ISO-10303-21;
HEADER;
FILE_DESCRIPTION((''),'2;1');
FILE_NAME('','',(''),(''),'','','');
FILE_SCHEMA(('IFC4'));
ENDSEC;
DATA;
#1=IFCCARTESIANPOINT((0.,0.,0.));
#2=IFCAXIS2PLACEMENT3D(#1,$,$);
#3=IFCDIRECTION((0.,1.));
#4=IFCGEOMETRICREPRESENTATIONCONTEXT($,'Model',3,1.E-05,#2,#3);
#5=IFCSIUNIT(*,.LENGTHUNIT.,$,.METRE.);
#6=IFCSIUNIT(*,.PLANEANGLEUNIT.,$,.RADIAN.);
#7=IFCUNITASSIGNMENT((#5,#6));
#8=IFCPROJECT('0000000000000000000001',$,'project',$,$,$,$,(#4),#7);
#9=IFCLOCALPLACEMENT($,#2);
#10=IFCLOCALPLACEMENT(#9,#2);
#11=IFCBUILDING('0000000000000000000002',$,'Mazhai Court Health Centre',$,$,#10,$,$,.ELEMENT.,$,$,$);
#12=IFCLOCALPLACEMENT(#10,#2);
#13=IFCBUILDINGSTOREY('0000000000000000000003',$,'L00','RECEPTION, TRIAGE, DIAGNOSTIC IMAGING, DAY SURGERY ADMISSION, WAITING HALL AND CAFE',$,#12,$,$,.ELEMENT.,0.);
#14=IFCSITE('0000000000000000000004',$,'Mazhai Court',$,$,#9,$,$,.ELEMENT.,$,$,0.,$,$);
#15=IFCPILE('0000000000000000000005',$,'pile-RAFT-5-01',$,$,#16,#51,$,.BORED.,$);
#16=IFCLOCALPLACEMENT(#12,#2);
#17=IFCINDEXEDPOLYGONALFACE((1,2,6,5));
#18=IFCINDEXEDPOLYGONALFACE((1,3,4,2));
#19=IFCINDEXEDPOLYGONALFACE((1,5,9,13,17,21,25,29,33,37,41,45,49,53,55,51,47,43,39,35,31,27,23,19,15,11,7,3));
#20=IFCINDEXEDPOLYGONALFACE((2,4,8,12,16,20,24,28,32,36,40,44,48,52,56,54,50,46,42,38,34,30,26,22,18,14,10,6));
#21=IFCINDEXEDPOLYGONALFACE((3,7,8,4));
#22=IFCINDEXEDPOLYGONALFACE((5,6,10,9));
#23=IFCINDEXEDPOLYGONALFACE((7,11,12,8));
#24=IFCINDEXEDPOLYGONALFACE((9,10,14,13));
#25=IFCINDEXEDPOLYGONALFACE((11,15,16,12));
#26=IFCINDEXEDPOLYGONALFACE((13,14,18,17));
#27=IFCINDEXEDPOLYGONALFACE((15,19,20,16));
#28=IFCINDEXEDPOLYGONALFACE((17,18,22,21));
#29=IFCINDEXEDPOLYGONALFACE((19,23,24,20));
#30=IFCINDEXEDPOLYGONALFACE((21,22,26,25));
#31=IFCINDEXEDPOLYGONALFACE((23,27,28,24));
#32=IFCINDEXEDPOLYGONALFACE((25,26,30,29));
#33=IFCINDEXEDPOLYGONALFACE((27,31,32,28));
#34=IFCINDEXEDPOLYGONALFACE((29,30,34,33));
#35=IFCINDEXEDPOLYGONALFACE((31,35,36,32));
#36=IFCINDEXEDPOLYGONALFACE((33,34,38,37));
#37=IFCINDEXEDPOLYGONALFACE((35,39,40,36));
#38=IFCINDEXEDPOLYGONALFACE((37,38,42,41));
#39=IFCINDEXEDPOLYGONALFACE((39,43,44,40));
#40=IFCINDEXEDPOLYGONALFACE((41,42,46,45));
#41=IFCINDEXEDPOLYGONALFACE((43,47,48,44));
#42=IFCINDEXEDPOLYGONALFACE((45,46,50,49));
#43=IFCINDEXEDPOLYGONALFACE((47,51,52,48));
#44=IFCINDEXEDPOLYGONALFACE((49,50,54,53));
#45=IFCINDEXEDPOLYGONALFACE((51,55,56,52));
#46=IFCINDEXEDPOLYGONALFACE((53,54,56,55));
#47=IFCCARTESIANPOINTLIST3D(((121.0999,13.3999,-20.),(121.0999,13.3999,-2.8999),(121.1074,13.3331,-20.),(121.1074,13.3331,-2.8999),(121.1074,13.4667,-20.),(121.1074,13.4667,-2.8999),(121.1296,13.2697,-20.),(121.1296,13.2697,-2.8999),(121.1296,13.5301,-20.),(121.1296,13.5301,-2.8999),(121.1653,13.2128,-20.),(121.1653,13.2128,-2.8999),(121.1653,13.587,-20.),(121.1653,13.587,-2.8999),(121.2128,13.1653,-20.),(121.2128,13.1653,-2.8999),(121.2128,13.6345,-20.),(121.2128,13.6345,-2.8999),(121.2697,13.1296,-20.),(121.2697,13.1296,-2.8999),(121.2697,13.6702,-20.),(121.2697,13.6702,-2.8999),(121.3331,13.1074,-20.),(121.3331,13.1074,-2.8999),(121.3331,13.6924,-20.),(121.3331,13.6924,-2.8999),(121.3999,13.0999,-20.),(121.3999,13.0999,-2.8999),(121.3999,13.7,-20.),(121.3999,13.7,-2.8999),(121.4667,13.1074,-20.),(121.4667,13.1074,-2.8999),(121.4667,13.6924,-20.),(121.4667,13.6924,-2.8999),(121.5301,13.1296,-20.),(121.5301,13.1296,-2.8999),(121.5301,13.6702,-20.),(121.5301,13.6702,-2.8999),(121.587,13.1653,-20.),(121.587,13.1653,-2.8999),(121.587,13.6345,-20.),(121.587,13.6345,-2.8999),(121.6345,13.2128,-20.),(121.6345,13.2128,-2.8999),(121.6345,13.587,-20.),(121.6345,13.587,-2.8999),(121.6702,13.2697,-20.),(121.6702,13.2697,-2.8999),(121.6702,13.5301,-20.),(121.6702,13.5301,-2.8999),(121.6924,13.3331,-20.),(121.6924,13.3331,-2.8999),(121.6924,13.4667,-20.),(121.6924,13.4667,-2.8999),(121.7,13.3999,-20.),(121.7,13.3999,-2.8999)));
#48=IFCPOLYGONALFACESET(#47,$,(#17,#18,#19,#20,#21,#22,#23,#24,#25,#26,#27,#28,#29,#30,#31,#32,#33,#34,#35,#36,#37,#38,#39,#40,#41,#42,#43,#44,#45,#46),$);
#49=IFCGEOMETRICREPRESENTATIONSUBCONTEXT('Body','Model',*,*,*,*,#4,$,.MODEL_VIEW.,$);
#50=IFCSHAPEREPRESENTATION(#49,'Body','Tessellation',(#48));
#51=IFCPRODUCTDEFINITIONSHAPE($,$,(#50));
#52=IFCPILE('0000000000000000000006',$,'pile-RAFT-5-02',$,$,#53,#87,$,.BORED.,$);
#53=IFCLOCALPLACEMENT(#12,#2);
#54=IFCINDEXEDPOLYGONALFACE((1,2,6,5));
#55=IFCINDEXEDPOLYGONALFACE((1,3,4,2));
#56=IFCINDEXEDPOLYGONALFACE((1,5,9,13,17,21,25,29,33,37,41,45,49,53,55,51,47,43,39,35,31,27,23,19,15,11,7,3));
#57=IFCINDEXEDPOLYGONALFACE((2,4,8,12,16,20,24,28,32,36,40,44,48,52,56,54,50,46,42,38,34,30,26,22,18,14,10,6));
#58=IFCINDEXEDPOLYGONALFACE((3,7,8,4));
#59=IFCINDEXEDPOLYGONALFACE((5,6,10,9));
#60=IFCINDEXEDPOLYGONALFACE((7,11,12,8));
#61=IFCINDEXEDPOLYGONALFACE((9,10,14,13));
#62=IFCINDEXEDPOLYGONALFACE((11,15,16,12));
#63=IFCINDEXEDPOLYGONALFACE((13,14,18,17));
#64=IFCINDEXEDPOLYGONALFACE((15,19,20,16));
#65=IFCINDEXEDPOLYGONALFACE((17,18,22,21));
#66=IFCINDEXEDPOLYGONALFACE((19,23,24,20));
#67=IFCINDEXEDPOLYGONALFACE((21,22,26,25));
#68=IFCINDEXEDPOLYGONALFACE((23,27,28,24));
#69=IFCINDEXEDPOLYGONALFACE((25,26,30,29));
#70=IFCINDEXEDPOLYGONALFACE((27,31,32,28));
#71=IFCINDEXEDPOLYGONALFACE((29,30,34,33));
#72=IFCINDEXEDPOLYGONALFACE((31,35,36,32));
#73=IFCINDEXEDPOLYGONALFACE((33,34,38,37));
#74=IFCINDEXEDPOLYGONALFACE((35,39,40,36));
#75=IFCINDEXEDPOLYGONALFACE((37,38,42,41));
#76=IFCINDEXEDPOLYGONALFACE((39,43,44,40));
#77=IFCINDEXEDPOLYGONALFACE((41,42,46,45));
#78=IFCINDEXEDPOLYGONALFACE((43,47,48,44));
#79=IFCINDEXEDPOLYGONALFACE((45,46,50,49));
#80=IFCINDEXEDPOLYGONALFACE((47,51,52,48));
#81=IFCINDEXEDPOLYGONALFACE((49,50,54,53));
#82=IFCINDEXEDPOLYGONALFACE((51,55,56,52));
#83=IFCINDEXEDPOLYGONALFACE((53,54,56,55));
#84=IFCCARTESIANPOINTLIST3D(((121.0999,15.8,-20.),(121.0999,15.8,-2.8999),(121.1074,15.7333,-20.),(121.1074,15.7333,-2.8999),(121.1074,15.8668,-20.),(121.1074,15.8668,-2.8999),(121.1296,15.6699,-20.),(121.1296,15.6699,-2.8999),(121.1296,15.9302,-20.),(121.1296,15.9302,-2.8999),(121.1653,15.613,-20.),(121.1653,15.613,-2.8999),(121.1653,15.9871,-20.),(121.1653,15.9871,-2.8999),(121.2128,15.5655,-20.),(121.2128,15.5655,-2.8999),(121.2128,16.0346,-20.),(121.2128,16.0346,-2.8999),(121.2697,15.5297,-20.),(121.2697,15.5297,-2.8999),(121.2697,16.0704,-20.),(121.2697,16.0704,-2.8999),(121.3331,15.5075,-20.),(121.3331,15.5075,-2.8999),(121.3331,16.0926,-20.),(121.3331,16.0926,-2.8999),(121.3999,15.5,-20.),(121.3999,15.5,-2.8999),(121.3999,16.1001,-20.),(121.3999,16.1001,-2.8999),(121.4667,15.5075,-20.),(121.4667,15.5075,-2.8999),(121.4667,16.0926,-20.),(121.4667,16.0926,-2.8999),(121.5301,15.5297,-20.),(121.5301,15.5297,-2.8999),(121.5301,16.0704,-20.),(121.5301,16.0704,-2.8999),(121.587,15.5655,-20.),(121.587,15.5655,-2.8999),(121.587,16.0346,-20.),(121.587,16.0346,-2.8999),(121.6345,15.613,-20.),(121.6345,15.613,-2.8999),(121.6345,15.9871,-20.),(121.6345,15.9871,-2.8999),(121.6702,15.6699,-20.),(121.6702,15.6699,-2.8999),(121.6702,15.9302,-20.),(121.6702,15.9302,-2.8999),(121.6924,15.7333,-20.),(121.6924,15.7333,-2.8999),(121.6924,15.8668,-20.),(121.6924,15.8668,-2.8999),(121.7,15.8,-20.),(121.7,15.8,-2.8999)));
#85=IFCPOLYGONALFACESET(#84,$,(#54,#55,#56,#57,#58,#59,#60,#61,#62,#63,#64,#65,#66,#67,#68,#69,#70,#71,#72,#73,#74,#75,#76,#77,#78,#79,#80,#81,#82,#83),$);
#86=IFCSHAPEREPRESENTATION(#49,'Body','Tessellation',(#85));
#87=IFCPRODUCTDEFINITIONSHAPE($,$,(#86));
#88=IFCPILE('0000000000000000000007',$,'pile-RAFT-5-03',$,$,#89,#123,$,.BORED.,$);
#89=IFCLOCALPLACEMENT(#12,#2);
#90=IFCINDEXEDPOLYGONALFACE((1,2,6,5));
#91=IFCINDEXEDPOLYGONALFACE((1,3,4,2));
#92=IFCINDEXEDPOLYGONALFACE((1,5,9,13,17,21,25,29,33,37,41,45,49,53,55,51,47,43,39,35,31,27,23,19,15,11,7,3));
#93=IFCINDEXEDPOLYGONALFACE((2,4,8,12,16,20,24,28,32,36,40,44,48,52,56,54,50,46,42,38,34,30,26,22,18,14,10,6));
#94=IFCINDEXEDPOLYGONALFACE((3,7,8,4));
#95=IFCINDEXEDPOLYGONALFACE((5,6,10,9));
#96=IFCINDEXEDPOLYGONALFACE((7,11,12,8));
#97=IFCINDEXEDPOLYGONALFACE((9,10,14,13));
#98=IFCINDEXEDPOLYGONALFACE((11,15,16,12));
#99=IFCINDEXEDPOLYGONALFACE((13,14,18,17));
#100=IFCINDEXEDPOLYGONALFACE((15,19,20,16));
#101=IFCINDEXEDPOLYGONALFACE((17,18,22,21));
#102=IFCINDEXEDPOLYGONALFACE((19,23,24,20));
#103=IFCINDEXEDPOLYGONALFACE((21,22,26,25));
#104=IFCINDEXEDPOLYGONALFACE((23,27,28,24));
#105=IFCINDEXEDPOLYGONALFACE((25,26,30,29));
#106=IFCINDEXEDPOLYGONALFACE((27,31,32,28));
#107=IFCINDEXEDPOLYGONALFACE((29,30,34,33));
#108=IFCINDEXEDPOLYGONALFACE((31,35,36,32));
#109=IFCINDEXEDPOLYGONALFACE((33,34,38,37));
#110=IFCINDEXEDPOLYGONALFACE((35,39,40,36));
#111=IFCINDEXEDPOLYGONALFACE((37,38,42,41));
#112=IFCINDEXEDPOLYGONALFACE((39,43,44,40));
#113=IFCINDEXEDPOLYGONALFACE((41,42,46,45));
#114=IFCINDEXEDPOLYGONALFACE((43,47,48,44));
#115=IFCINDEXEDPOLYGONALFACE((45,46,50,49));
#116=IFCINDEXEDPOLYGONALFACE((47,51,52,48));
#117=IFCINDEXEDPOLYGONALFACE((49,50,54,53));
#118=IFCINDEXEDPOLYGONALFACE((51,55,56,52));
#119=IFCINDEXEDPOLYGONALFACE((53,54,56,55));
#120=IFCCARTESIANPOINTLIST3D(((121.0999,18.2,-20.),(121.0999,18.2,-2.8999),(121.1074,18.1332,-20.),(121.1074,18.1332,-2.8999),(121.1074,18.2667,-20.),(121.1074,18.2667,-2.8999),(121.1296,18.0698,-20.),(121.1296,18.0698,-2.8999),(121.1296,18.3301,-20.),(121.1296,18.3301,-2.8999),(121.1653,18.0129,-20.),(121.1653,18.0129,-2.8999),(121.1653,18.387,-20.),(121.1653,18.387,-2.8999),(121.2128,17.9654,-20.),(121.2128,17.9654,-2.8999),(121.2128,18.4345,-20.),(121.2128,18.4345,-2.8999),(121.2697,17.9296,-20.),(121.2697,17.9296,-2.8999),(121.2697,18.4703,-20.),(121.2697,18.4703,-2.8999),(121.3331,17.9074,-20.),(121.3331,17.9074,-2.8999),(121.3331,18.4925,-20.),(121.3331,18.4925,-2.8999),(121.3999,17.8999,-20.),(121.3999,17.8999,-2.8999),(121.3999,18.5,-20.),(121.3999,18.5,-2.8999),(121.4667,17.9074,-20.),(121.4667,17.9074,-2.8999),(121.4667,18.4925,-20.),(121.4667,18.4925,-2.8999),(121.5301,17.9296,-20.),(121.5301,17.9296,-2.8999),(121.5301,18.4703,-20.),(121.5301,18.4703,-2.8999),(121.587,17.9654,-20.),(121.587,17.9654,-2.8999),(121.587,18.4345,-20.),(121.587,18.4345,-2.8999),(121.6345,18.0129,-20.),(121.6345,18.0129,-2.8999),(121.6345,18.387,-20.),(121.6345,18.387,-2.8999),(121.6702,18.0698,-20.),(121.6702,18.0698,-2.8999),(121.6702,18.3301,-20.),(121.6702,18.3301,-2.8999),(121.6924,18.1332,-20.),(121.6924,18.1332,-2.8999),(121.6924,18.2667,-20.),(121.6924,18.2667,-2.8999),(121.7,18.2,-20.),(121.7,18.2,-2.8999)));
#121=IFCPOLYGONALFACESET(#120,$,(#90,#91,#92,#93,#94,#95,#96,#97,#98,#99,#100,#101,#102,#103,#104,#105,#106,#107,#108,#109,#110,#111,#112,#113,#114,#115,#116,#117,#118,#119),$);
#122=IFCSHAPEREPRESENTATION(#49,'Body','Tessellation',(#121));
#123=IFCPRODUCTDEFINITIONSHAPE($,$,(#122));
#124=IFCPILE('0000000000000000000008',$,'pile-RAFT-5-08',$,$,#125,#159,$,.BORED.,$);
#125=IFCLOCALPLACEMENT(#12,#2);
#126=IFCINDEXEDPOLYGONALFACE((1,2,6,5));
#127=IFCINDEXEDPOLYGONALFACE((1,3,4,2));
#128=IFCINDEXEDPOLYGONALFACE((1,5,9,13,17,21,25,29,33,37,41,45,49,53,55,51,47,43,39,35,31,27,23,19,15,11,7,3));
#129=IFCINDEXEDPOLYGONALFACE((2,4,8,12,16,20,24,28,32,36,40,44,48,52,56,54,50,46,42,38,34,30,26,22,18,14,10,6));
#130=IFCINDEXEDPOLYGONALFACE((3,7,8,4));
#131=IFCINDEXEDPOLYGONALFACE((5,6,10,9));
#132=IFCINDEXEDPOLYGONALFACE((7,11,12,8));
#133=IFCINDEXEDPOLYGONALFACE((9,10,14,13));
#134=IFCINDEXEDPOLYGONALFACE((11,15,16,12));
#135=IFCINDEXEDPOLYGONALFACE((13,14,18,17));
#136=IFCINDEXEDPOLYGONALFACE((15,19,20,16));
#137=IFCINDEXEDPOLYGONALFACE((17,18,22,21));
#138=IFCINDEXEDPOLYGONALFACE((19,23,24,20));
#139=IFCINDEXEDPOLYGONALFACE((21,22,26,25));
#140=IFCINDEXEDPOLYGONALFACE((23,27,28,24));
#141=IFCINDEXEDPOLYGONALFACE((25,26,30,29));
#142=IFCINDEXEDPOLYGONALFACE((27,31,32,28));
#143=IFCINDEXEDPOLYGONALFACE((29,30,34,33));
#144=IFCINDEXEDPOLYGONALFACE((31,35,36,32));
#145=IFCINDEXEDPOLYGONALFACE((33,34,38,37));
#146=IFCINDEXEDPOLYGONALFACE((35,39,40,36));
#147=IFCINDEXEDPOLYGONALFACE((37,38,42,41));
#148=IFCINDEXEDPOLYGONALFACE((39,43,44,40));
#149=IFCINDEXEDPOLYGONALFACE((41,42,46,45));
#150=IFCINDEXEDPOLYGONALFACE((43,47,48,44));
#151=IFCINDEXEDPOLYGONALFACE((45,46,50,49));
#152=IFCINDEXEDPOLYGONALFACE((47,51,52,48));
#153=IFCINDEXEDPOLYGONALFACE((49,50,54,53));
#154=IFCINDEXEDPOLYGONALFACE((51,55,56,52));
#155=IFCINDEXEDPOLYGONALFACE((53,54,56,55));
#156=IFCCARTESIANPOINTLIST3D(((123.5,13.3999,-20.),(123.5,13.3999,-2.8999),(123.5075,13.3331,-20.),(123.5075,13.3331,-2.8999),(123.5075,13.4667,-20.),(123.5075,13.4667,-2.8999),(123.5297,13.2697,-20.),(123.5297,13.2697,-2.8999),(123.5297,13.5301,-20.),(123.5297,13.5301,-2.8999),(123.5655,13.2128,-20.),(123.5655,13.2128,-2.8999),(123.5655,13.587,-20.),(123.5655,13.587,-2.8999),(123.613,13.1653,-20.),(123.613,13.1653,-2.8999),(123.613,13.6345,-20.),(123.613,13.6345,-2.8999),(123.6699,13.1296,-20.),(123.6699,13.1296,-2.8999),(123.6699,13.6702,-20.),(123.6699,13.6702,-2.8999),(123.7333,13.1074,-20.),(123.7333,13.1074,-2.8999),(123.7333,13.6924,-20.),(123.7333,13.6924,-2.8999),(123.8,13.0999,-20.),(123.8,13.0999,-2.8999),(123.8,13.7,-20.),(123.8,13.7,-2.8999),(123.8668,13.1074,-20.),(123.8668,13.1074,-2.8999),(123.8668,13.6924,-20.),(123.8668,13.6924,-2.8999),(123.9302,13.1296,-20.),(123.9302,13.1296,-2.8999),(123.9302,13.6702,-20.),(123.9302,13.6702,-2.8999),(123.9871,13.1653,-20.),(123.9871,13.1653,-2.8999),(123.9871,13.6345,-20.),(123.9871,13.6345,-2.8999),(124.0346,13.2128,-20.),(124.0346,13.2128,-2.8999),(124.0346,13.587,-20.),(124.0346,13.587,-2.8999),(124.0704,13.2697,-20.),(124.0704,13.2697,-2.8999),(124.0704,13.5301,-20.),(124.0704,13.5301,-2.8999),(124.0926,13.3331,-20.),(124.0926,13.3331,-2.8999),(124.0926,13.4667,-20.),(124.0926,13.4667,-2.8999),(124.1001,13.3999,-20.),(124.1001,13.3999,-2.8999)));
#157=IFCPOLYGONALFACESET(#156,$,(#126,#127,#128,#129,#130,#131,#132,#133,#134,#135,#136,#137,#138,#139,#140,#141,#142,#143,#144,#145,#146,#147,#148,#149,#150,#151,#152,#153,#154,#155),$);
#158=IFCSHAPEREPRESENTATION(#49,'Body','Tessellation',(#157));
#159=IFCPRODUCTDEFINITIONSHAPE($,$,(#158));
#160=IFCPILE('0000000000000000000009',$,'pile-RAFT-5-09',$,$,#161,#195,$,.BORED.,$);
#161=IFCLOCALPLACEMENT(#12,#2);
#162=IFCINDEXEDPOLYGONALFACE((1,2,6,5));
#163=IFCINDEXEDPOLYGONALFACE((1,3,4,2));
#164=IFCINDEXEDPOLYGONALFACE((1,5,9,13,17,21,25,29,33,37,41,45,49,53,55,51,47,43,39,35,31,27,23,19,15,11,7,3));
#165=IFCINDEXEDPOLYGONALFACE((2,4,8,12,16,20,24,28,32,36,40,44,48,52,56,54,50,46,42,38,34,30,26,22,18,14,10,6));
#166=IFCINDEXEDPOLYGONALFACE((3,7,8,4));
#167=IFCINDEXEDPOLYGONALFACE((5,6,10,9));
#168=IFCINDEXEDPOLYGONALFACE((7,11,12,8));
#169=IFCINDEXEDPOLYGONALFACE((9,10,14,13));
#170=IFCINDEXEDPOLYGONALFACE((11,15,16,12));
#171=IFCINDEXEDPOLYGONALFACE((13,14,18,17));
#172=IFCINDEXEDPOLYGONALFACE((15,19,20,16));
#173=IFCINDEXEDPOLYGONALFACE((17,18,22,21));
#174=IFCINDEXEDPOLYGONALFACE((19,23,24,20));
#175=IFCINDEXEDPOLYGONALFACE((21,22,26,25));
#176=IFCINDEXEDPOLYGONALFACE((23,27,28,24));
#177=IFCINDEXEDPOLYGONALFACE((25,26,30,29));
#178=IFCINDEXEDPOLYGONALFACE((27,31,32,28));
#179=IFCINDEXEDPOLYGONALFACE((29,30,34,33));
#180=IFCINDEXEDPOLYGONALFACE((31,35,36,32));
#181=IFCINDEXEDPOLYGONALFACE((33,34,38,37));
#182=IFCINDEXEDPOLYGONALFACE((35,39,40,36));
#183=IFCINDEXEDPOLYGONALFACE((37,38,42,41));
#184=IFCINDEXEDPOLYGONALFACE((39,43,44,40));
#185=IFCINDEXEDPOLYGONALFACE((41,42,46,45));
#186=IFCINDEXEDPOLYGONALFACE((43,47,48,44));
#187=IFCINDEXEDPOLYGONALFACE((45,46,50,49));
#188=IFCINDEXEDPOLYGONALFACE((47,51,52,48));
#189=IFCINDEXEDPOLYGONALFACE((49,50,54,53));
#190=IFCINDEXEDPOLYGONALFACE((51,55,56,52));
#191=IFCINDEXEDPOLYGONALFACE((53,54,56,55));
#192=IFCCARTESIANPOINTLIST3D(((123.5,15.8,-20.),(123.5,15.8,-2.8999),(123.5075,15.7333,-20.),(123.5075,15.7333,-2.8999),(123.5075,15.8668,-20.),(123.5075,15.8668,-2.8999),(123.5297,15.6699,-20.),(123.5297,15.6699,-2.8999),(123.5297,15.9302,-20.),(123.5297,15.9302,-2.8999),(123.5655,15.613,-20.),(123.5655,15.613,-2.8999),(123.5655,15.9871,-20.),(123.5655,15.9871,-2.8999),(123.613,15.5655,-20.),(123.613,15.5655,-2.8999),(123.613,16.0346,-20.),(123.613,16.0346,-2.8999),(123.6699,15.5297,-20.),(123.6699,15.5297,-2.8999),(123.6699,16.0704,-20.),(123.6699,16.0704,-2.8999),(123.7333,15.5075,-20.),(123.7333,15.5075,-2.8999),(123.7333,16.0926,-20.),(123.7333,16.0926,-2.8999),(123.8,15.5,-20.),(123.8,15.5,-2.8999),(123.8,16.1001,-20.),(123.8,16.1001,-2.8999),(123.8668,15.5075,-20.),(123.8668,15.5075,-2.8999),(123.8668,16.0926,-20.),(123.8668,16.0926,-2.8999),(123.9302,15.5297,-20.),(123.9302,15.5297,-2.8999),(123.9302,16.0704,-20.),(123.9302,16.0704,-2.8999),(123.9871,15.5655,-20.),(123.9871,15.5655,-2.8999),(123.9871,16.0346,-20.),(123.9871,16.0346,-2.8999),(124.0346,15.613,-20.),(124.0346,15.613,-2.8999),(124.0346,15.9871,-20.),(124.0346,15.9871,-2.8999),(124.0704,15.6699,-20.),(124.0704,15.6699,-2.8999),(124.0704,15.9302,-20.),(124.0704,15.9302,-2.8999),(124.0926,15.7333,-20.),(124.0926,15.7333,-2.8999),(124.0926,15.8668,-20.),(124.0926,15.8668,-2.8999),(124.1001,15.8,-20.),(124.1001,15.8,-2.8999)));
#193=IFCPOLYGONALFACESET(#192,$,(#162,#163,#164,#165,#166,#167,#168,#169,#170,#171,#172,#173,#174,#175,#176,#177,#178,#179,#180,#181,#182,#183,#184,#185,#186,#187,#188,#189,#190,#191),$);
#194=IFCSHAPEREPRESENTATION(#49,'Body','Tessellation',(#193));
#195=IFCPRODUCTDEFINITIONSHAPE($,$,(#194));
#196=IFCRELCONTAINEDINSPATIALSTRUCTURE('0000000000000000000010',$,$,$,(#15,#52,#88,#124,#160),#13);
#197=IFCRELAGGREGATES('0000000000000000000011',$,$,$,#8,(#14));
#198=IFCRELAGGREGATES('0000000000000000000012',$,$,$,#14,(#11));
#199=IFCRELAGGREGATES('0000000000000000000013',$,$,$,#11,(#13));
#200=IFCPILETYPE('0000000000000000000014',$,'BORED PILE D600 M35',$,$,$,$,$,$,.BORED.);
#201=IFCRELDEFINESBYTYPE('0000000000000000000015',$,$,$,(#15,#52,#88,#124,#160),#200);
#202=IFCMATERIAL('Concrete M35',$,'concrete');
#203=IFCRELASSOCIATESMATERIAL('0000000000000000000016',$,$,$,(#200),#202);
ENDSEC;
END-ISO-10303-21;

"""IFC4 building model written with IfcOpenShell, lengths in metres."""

from ifc_helpers import new_model, si_unit, direction, frame, origin, origin_2d, place, context, subcontext, project, spatial, circle, extrude, material, material_profile, profile_set, type_object, element, save


model = new_model("IFC4")

# Units and contexts
model_context = context("Model", 3, precision=1e-05, world=origin(), true_north=direction((0.0, 1.0)))
body_context = subcontext(model_context, "Body", "Model", "MODEL_VIEW")
ifc_project = project(units=[si_unit("LENGTHUNIT", "METRE"), si_unit("PLANEANGLEUNIT", "RADIAN")], contexts=[model_context])

# Site, building, storey
site_placement = place(None, origin())
site = spatial("IfcSite", under=ifc_project, at=site_placement, Name="Mazhai Court", CompositionType="ELEMENT", RefElevation=0.0)
building_placement = place(site_placement, origin())
building = spatial("IfcBuilding", under=site, at=building_placement, Name="Mazhai Court Health Centre", CompositionType="ELEMENT")
storey_placement = place(building_placement, origin())
storey = spatial("IfcBuildingStorey", under=building, at=storey_placement, Name="L00", Description="RECEPTION, TRIAGE, DIAGNOSTIC IMAGING, DAY SURGERY ADMISSION, WAITING HALL AND CAFE", CompositionType="ELEMENT", Elevation=0.0)

# Piles
ifc_material_1 = material(Name="Concrete M35", Category="concrete")
ifc_material_profile = material_profile(ifc_material_1, circle(Radius=0.3, at=origin_2d()), Name="RC PILE D600")
ifc_profile_set = profile_set([ifc_material_profile], Name="Concrete M35")
pile_type = type_object("IfcPileType", Name="BORED PILE D600 M35", PredefinedType="BORED", material=ifc_profile_set)
for number, where, z_axis, x_axis, name in (
    (1, (121.3999, 13.3999, -2.8999), (0.0, 0.0, -1.0), (1.0, 0.0, 0.0), "pile-RAFT-5-01"),
    (2, (121.3999, 15.8, -2.8999), (0.0, 0.0, -1.0), (1.0, 0.0, 0.0), "pile-RAFT-5-02"),
    (3, (121.3999, 18.2, -2.8999), (0.0, 0.0, -1.0), (1.0, 0.0, 0.0), "pile-RAFT-5-03"),
    (4, (123.8, 13.3999, -2.8999), (0.0, 0.0, -1.0), (1.0, 0.0, 0.0), "pile-RAFT-5-08"),
    (5, (123.8, 15.8, -2.8999), (0.0, 0.0, -1.0), (1.0, 0.0, 0.0), "pile-RAFT-5-09"),
):
    element("IfcPile", number, at=place(storey_placement, frame(where, z_axis=z_axis, x_axis=x_axis)), inside=storey, type_object=pile_type, Name=name, PredefinedType="BORED", context=body_context, shape_type="SweptSolid", body=[
        extrude(circle(Radius=0.3, at=origin_2d()), origin(), (0.0, 0.0, 1.0), 17.1001),
    ])

save(model, "model.ifc")
